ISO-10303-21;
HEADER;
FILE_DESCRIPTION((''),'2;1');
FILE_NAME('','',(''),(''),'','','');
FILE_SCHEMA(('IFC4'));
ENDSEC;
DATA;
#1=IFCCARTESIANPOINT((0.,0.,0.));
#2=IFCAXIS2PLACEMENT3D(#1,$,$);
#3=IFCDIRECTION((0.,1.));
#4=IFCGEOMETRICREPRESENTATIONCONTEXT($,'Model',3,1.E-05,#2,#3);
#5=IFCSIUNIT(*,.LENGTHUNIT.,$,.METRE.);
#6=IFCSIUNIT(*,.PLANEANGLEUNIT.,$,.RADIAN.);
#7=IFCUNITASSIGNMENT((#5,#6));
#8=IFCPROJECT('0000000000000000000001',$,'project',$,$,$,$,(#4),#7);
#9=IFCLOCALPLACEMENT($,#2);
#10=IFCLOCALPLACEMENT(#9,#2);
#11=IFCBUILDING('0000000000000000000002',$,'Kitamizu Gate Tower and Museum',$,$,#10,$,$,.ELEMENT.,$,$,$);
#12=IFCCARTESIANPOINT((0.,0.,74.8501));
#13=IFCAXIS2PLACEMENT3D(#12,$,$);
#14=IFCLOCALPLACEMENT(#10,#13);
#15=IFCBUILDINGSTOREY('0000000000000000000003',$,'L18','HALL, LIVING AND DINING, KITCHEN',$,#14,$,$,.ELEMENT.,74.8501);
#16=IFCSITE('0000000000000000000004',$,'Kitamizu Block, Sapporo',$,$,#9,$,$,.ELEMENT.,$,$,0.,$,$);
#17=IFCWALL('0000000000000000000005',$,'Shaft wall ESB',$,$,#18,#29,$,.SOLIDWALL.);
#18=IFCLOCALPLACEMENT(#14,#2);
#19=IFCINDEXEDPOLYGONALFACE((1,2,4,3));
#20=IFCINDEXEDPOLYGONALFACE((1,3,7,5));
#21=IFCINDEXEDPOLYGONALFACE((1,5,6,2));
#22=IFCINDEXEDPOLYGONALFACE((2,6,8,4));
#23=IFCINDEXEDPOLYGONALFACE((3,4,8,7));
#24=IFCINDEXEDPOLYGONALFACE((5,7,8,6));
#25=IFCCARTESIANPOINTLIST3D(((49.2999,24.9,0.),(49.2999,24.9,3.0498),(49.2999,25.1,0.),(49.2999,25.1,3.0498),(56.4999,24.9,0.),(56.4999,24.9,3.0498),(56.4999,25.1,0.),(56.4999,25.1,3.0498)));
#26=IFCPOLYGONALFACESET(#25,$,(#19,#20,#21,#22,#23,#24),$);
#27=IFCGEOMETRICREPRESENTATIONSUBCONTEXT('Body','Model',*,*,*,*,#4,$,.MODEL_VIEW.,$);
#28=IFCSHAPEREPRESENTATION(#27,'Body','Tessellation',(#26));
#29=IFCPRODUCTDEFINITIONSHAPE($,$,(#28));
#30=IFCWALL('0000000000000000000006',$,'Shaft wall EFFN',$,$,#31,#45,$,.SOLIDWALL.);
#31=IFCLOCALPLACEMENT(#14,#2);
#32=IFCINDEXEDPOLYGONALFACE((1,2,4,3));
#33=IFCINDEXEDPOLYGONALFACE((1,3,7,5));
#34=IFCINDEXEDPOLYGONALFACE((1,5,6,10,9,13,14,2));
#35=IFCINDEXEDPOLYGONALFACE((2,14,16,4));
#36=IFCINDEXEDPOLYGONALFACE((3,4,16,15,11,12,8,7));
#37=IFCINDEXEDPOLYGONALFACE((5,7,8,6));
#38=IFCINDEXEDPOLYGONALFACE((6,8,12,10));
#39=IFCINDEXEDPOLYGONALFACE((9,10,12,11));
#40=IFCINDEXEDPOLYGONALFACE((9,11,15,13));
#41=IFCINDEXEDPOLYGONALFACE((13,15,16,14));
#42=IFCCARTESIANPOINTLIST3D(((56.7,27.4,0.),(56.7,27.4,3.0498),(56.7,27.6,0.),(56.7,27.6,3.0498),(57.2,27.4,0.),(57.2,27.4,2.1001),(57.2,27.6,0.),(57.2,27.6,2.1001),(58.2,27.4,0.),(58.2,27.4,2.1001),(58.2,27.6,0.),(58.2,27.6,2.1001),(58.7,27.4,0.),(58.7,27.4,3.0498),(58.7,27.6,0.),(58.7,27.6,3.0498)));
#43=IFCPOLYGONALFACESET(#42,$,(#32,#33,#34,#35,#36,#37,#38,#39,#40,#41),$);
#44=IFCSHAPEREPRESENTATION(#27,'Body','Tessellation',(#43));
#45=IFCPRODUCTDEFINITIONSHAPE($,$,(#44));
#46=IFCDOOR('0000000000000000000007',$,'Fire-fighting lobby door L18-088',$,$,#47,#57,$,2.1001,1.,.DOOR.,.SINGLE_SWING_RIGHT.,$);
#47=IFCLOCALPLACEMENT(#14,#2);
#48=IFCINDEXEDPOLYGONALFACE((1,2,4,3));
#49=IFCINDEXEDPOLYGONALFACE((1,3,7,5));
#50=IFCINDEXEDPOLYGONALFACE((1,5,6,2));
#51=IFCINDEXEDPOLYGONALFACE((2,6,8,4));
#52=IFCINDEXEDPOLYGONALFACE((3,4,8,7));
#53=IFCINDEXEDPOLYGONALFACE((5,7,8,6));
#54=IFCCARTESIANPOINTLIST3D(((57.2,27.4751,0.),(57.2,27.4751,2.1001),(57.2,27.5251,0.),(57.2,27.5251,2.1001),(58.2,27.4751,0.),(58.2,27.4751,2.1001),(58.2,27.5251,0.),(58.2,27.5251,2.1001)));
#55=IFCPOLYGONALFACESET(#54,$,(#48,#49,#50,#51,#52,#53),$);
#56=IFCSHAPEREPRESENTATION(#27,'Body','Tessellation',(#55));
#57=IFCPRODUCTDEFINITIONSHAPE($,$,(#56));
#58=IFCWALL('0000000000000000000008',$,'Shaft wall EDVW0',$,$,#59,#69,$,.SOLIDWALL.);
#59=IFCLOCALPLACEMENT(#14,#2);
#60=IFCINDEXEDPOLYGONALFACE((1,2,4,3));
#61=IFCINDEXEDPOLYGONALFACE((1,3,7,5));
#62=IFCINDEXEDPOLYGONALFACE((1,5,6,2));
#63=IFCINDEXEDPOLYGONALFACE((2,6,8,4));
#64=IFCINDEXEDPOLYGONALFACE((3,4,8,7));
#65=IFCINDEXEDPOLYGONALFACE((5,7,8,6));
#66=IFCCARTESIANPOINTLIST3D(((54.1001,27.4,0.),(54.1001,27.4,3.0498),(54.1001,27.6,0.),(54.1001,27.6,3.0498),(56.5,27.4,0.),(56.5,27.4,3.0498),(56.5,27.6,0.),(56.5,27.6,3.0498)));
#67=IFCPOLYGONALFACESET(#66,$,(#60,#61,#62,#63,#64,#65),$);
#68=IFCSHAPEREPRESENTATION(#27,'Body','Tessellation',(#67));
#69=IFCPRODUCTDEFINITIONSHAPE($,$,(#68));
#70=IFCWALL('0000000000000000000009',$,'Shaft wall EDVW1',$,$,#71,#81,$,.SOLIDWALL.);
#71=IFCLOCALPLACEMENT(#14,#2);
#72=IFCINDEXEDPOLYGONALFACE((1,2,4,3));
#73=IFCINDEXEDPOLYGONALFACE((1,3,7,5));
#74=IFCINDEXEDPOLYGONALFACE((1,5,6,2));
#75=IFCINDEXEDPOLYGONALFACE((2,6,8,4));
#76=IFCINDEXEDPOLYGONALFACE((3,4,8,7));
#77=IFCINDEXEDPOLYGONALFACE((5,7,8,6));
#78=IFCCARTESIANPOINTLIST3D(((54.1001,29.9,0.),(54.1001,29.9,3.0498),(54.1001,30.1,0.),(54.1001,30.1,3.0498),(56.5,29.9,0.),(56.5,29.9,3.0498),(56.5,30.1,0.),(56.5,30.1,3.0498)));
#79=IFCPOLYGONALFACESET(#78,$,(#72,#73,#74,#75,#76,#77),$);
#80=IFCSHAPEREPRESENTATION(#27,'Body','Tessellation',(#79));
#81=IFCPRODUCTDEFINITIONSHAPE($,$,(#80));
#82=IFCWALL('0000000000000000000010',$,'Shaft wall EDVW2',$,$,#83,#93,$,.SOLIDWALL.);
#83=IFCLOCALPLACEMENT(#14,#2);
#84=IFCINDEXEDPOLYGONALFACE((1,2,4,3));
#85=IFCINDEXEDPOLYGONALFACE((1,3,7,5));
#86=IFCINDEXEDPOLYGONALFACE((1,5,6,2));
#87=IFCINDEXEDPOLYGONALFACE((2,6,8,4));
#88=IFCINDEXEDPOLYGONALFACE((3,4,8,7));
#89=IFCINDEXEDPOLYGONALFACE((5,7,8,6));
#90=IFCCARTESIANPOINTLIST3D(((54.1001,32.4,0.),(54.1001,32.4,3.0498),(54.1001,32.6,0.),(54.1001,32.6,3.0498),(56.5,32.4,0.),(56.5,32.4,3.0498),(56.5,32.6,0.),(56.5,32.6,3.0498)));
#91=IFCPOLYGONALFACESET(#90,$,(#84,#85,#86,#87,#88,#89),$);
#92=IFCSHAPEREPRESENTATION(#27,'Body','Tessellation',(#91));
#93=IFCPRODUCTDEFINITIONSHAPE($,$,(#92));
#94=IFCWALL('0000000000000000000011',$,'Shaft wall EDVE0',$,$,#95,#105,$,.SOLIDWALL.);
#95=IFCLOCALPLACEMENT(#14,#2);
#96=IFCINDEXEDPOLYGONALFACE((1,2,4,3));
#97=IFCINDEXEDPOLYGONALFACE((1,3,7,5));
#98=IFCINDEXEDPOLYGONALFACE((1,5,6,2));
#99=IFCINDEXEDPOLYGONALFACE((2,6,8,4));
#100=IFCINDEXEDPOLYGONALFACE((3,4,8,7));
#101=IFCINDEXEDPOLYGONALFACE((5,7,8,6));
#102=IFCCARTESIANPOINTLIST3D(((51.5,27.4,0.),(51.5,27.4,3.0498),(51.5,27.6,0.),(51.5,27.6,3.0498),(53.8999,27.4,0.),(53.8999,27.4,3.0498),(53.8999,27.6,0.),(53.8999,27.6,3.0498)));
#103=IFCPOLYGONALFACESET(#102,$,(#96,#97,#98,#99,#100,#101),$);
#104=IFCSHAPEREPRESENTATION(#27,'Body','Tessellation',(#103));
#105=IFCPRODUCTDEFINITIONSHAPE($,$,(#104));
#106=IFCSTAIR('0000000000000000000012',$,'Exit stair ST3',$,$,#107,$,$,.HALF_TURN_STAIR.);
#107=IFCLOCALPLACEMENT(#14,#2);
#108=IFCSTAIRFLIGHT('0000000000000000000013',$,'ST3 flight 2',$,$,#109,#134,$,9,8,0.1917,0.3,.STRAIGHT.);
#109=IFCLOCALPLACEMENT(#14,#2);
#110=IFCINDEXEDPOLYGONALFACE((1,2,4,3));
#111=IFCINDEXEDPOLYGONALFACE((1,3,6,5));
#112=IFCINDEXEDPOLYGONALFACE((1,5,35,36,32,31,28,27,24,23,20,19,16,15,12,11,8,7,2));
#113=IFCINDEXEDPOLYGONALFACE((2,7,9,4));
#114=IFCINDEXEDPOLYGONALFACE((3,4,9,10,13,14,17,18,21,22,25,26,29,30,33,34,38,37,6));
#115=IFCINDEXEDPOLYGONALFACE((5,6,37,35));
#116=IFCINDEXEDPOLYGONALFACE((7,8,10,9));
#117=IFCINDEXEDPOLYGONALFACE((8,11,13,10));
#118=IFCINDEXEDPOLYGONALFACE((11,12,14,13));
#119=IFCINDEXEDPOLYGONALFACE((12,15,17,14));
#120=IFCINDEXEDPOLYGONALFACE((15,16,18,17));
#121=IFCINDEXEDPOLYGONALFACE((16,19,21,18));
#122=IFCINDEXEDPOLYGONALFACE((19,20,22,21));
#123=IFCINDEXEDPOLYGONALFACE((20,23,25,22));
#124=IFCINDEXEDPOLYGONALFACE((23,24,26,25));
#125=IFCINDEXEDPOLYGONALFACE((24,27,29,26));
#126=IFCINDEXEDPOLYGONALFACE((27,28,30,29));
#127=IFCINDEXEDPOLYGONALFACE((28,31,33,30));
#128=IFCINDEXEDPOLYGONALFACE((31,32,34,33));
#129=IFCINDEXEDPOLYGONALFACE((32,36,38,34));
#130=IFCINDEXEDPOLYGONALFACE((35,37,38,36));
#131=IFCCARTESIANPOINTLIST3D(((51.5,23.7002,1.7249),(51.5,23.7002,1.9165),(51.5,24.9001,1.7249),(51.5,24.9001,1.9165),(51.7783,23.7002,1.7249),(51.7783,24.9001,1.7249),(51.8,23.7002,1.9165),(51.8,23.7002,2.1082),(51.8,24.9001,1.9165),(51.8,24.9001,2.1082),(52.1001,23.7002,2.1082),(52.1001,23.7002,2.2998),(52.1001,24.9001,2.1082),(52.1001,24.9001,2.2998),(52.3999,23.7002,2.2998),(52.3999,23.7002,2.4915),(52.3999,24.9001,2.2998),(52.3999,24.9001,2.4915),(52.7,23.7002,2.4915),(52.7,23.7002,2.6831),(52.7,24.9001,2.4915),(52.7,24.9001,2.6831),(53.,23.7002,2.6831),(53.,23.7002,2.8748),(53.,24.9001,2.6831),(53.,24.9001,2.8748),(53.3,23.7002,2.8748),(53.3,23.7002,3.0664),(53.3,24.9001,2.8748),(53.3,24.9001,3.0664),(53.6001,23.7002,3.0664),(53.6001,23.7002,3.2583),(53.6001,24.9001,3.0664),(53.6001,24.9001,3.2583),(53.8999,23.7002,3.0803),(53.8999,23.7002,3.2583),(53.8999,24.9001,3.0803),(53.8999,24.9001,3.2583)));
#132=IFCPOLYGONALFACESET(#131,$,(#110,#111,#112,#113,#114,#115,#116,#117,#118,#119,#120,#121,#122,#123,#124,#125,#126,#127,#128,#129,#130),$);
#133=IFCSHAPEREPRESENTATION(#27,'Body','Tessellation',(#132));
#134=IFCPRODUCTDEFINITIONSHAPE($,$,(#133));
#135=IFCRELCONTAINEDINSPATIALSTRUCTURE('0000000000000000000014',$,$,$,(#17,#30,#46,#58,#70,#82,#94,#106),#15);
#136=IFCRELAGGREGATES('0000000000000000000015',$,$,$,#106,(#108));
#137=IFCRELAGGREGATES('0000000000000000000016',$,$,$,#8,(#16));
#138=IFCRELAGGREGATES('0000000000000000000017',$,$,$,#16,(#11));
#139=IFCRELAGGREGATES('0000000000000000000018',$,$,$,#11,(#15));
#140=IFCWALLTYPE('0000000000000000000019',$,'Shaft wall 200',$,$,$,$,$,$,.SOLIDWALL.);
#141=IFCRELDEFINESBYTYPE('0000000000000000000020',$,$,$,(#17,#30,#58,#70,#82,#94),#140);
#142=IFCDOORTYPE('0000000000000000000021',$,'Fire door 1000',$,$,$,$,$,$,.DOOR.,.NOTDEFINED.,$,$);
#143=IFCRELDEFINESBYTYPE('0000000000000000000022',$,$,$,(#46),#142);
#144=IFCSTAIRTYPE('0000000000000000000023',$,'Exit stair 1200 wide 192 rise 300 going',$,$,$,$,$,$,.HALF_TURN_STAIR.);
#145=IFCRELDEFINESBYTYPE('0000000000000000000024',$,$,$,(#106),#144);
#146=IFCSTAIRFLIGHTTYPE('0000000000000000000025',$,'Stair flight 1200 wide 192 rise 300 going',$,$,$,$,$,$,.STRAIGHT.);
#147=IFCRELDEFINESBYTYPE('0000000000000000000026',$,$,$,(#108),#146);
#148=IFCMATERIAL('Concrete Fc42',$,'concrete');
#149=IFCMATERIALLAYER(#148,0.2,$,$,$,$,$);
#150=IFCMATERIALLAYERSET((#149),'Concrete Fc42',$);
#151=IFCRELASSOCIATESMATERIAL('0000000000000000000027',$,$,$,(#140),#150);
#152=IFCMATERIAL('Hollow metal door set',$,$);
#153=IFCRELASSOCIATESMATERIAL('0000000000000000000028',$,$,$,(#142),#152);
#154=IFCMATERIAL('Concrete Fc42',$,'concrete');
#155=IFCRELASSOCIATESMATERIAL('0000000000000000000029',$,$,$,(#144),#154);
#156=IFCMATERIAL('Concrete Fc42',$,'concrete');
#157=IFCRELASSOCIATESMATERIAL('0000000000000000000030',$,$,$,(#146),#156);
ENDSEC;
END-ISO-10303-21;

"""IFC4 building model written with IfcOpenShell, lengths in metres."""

from ifc_helpers import new_model, si_unit, direction, frame, frame_2d, origin, place, context, subcontext, project, spatial, polyline, rectangle, outline, extrude, material, layer, layer_set, type_object, element, fill, aggregate, save


model = new_model("IFC4")

# Units and contexts
model_context = context("Model", 3, precision=1e-05, world=origin(), true_north=direction((0.0, 1.0)))
body_context = subcontext(model_context, "Body", "Model", "MODEL_VIEW")
ifc_project = project(units=[si_unit("LENGTHUNIT", "METRE"), si_unit("PLANEANGLEUNIT", "RADIAN")], contexts=[model_context])

# Site, building, storey
site_placement = place(None, origin())
site = spatial("IfcSite", under=ifc_project, at=site_placement, Name="Kitamizu Block, Sapporo", CompositionType="ELEMENT", RefElevation=0.0)
building_placement = place(site_placement, origin())
building = spatial("IfcBuilding", under=site, at=building_placement, Name="Kitamizu Gate Tower and Museum", CompositionType="ELEMENT")
storey_placement = place(building_placement, frame((0.0, 0.0, 74.8501)))
storey = spatial("IfcBuildingStorey", under=building, at=storey_placement, Name="L18", Description="HALL, LIVING AND DINING, KITCHEN", CompositionType="ELEMENT", Elevation=74.8501)

# Shared definitions
ifc_material_1 = material(Name="Concrete Fc42", Category="concrete")
ifc_layer_1 = layer(ifc_material_1, 0.2)
ifc_layer_set_1 = layer_set([ifc_layer_1], Name="Concrete Fc42")
wall_type_1 = type_object("IfcWallType", Name="Shaft wall 200", PredefinedType="SOLIDWALL", material=ifc_layer_set_1)
ifc_material_2 = material(Name="Hollow metal door set")
door_type_1 = type_object("IfcDoorType", Name="Fire door 1000", OperationType="NOTDEFINED", PredefinedType="DOOR", material=ifc_material_2)

# Wall
wall_1_placement = place(storey_placement, frame((56.5, 25.0, 0.0), z_axis=(0.0, 0.0, 1.0), x_axis=(-1.0, 0.0, 0.0)))
element("IfcWall", 1, at=wall_1_placement, inside=storey, type_object=wall_type_1, Name="Shaft wall ESB", PredefinedType="SOLIDWALL", context=body_context, shape_type="SweptSolid", body=[
    extrude(rectangle(XDim=7.2, YDim=0.2, at=frame_2d((3.6001, 0.0))), origin(), (0.0, 0.0, 1.0), 3.0498),
])

# Wall, opening, door
wall_2_placement = place(storey_placement, frame((58.7, 27.5, 0.0), z_axis=(0.0, 0.0, 1.0), x_axis=(-1.0, 0.0, 0.0)))
wall_2 = element("IfcWall", 2, at=wall_2_placement, inside=storey, type_object=wall_type_1, Name="Shaft wall EFFN", PredefinedType="SOLIDWALL", context=body_context, shape_type="SweptSolid", body=[
    extrude(rectangle(XDim=2.0, YDim=0.2, at=frame_2d((1.0, 0.0))), origin(), (0.0, 0.0, 1.0), 3.0498),
])
opening_1_placement = place(wall_2_placement, frame((0.5, 0.0, 0.0)))
opening_1 = element("IfcOpeningElement", 3, at=opening_1_placement, cuts=wall_2, PredefinedType="OPENING", context=body_context, shape_type="SweptSolid", body=[
    extrude(rectangle(XDim=1.0, YDim=2.1001, at=frame_2d((0.5, 1.05))), frame((0.0, 0.1099, 0.0), z_axis=(0.0, -1.0, 0.0), x_axis=(1.0, 0.0, 0.0)), (0.0, 0.0, 1.0), 0.22),
])
door_1_placement = place(opening_1_placement, origin())
door_1 = element("IfcDoor", 4, at=door_1_placement, inside=storey, type_object=door_type_1, Name="Fire-fighting lobby door L18-088", OperationType="SINGLE_SWING_RIGHT", OverallHeight=2.1001, OverallWidth=1.0, PredefinedType="DOOR", context=body_context, shape_type="SweptSolid", body=[
    extrude(rectangle(XDim=1.0, YDim=2.1001, at=frame_2d((0.5, 1.05))), frame((0.0, 0.0249, 0.0), z_axis=(0.0, -1.0, 0.0), x_axis=(1.0, 0.0, 0.0)), (0.0, 0.0, 1.0), 0.05),
])
fill(opening_1, door_1)

# Walls
for number, where, z_axis, x_axis, name in (
    (5, (56.5, 27.5, 0.0), (0.0, 0.0, 1.0), (-1.0, 0.0, 0.0), "Shaft wall EDVW0"),
    (6, (56.5, 30.0, 0.0), (0.0, 0.0, 1.0), (-1.0, 0.0, 0.0), "Shaft wall EDVW1"),
    (7, (56.5, 32.5, 0.0), (0.0, 0.0, 1.0), (-1.0, 0.0, 0.0), "Shaft wall EDVW2"),
    (8, (53.8999, 27.5, 0.0), (0.0, 0.0, 1.0), (-1.0, 0.0, 0.0), "Shaft wall EDVE0"),
):
    element("IfcWall", number, at=place(storey_placement, frame(where, z_axis=z_axis, x_axis=x_axis)), inside=storey, type_object=wall_type_1, Name=name, PredefinedType="SOLIDWALL", context=body_context, shape_type="SweptSolid", body=[
        extrude(rectangle(XDim=2.3999, YDim=0.2, at=frame_2d((1.2, 0.0))), origin(), (0.0, 0.0, 1.0), 3.0498),
    ])

# Stair, stair flight
ifc_material_3 = material(Name="Concrete Fc42", Category="concrete")
stair_type = type_object("IfcStairType", Name="Exit stair 1200 wide 192 rise 300 going", PredefinedType="HALF_TURN_STAIR", material=ifc_material_3)
stair_placement = place(storey_placement, origin())
stair = element("IfcStair", 9, at=stair_placement, inside=storey, type_object=stair_type, Name="Exit stair ST3", PredefinedType="HALF_TURN_STAIR")
ifc_material_4 = material(Name="Concrete Fc42", Category="concrete")
stair_flight_type = type_object("IfcStairFlightType", Name="Stair flight 1200 wide 192 rise 300 going", PredefinedType="STRAIGHT", material=ifc_material_4)
stair_flight_placement = place(storey_placement, frame((51.5, 24.3, 1.7249), z_axis=(0.0, 0.0, 1.0), x_axis=(1.0, 0.0, 0.0)))
stair_flight = element("IfcStairFlight", 10, at=stair_flight_placement, type_object=stair_flight_type, Name="ST3 flight 2", NumberOfRisers=9, NumberOfTreads=8, PredefinedType="STRAIGHT", RiserHeight=0.1917, TreadLength=0.3, context=body_context, shape_type="SweptSolid", body=[
    extrude(outline(polyline([(0.0, 0.0), (0.0, 0.1917), (0.3, 0.1917), (0.3, 0.3833), (0.6001, 0.3833), (0.6001, 0.575), (0.8999, 0.575), (0.8999, 0.7666), (1.2, 0.7666), (1.2, 0.9583), (1.5, 0.9583), (1.5, 1.1499), (1.8, 1.1499), (1.8, 1.3416), (2.1001, 1.3416), (2.1001, 1.5334), (2.3999, 1.5334), (2.3999, 1.7251), (2.3999, 1.3555), (0.2783, 0.0), (0.0, 0.0)])), frame((0.0, 0.6001, 0.0), z_axis=(0.0, -1.0, 0.0), x_axis=(1.0, 0.0, 0.0)), (0.0, 0.0, 1.0), 1.2),
])
aggregate(stair, [stair_flight])

save(model, "model.ifc")
